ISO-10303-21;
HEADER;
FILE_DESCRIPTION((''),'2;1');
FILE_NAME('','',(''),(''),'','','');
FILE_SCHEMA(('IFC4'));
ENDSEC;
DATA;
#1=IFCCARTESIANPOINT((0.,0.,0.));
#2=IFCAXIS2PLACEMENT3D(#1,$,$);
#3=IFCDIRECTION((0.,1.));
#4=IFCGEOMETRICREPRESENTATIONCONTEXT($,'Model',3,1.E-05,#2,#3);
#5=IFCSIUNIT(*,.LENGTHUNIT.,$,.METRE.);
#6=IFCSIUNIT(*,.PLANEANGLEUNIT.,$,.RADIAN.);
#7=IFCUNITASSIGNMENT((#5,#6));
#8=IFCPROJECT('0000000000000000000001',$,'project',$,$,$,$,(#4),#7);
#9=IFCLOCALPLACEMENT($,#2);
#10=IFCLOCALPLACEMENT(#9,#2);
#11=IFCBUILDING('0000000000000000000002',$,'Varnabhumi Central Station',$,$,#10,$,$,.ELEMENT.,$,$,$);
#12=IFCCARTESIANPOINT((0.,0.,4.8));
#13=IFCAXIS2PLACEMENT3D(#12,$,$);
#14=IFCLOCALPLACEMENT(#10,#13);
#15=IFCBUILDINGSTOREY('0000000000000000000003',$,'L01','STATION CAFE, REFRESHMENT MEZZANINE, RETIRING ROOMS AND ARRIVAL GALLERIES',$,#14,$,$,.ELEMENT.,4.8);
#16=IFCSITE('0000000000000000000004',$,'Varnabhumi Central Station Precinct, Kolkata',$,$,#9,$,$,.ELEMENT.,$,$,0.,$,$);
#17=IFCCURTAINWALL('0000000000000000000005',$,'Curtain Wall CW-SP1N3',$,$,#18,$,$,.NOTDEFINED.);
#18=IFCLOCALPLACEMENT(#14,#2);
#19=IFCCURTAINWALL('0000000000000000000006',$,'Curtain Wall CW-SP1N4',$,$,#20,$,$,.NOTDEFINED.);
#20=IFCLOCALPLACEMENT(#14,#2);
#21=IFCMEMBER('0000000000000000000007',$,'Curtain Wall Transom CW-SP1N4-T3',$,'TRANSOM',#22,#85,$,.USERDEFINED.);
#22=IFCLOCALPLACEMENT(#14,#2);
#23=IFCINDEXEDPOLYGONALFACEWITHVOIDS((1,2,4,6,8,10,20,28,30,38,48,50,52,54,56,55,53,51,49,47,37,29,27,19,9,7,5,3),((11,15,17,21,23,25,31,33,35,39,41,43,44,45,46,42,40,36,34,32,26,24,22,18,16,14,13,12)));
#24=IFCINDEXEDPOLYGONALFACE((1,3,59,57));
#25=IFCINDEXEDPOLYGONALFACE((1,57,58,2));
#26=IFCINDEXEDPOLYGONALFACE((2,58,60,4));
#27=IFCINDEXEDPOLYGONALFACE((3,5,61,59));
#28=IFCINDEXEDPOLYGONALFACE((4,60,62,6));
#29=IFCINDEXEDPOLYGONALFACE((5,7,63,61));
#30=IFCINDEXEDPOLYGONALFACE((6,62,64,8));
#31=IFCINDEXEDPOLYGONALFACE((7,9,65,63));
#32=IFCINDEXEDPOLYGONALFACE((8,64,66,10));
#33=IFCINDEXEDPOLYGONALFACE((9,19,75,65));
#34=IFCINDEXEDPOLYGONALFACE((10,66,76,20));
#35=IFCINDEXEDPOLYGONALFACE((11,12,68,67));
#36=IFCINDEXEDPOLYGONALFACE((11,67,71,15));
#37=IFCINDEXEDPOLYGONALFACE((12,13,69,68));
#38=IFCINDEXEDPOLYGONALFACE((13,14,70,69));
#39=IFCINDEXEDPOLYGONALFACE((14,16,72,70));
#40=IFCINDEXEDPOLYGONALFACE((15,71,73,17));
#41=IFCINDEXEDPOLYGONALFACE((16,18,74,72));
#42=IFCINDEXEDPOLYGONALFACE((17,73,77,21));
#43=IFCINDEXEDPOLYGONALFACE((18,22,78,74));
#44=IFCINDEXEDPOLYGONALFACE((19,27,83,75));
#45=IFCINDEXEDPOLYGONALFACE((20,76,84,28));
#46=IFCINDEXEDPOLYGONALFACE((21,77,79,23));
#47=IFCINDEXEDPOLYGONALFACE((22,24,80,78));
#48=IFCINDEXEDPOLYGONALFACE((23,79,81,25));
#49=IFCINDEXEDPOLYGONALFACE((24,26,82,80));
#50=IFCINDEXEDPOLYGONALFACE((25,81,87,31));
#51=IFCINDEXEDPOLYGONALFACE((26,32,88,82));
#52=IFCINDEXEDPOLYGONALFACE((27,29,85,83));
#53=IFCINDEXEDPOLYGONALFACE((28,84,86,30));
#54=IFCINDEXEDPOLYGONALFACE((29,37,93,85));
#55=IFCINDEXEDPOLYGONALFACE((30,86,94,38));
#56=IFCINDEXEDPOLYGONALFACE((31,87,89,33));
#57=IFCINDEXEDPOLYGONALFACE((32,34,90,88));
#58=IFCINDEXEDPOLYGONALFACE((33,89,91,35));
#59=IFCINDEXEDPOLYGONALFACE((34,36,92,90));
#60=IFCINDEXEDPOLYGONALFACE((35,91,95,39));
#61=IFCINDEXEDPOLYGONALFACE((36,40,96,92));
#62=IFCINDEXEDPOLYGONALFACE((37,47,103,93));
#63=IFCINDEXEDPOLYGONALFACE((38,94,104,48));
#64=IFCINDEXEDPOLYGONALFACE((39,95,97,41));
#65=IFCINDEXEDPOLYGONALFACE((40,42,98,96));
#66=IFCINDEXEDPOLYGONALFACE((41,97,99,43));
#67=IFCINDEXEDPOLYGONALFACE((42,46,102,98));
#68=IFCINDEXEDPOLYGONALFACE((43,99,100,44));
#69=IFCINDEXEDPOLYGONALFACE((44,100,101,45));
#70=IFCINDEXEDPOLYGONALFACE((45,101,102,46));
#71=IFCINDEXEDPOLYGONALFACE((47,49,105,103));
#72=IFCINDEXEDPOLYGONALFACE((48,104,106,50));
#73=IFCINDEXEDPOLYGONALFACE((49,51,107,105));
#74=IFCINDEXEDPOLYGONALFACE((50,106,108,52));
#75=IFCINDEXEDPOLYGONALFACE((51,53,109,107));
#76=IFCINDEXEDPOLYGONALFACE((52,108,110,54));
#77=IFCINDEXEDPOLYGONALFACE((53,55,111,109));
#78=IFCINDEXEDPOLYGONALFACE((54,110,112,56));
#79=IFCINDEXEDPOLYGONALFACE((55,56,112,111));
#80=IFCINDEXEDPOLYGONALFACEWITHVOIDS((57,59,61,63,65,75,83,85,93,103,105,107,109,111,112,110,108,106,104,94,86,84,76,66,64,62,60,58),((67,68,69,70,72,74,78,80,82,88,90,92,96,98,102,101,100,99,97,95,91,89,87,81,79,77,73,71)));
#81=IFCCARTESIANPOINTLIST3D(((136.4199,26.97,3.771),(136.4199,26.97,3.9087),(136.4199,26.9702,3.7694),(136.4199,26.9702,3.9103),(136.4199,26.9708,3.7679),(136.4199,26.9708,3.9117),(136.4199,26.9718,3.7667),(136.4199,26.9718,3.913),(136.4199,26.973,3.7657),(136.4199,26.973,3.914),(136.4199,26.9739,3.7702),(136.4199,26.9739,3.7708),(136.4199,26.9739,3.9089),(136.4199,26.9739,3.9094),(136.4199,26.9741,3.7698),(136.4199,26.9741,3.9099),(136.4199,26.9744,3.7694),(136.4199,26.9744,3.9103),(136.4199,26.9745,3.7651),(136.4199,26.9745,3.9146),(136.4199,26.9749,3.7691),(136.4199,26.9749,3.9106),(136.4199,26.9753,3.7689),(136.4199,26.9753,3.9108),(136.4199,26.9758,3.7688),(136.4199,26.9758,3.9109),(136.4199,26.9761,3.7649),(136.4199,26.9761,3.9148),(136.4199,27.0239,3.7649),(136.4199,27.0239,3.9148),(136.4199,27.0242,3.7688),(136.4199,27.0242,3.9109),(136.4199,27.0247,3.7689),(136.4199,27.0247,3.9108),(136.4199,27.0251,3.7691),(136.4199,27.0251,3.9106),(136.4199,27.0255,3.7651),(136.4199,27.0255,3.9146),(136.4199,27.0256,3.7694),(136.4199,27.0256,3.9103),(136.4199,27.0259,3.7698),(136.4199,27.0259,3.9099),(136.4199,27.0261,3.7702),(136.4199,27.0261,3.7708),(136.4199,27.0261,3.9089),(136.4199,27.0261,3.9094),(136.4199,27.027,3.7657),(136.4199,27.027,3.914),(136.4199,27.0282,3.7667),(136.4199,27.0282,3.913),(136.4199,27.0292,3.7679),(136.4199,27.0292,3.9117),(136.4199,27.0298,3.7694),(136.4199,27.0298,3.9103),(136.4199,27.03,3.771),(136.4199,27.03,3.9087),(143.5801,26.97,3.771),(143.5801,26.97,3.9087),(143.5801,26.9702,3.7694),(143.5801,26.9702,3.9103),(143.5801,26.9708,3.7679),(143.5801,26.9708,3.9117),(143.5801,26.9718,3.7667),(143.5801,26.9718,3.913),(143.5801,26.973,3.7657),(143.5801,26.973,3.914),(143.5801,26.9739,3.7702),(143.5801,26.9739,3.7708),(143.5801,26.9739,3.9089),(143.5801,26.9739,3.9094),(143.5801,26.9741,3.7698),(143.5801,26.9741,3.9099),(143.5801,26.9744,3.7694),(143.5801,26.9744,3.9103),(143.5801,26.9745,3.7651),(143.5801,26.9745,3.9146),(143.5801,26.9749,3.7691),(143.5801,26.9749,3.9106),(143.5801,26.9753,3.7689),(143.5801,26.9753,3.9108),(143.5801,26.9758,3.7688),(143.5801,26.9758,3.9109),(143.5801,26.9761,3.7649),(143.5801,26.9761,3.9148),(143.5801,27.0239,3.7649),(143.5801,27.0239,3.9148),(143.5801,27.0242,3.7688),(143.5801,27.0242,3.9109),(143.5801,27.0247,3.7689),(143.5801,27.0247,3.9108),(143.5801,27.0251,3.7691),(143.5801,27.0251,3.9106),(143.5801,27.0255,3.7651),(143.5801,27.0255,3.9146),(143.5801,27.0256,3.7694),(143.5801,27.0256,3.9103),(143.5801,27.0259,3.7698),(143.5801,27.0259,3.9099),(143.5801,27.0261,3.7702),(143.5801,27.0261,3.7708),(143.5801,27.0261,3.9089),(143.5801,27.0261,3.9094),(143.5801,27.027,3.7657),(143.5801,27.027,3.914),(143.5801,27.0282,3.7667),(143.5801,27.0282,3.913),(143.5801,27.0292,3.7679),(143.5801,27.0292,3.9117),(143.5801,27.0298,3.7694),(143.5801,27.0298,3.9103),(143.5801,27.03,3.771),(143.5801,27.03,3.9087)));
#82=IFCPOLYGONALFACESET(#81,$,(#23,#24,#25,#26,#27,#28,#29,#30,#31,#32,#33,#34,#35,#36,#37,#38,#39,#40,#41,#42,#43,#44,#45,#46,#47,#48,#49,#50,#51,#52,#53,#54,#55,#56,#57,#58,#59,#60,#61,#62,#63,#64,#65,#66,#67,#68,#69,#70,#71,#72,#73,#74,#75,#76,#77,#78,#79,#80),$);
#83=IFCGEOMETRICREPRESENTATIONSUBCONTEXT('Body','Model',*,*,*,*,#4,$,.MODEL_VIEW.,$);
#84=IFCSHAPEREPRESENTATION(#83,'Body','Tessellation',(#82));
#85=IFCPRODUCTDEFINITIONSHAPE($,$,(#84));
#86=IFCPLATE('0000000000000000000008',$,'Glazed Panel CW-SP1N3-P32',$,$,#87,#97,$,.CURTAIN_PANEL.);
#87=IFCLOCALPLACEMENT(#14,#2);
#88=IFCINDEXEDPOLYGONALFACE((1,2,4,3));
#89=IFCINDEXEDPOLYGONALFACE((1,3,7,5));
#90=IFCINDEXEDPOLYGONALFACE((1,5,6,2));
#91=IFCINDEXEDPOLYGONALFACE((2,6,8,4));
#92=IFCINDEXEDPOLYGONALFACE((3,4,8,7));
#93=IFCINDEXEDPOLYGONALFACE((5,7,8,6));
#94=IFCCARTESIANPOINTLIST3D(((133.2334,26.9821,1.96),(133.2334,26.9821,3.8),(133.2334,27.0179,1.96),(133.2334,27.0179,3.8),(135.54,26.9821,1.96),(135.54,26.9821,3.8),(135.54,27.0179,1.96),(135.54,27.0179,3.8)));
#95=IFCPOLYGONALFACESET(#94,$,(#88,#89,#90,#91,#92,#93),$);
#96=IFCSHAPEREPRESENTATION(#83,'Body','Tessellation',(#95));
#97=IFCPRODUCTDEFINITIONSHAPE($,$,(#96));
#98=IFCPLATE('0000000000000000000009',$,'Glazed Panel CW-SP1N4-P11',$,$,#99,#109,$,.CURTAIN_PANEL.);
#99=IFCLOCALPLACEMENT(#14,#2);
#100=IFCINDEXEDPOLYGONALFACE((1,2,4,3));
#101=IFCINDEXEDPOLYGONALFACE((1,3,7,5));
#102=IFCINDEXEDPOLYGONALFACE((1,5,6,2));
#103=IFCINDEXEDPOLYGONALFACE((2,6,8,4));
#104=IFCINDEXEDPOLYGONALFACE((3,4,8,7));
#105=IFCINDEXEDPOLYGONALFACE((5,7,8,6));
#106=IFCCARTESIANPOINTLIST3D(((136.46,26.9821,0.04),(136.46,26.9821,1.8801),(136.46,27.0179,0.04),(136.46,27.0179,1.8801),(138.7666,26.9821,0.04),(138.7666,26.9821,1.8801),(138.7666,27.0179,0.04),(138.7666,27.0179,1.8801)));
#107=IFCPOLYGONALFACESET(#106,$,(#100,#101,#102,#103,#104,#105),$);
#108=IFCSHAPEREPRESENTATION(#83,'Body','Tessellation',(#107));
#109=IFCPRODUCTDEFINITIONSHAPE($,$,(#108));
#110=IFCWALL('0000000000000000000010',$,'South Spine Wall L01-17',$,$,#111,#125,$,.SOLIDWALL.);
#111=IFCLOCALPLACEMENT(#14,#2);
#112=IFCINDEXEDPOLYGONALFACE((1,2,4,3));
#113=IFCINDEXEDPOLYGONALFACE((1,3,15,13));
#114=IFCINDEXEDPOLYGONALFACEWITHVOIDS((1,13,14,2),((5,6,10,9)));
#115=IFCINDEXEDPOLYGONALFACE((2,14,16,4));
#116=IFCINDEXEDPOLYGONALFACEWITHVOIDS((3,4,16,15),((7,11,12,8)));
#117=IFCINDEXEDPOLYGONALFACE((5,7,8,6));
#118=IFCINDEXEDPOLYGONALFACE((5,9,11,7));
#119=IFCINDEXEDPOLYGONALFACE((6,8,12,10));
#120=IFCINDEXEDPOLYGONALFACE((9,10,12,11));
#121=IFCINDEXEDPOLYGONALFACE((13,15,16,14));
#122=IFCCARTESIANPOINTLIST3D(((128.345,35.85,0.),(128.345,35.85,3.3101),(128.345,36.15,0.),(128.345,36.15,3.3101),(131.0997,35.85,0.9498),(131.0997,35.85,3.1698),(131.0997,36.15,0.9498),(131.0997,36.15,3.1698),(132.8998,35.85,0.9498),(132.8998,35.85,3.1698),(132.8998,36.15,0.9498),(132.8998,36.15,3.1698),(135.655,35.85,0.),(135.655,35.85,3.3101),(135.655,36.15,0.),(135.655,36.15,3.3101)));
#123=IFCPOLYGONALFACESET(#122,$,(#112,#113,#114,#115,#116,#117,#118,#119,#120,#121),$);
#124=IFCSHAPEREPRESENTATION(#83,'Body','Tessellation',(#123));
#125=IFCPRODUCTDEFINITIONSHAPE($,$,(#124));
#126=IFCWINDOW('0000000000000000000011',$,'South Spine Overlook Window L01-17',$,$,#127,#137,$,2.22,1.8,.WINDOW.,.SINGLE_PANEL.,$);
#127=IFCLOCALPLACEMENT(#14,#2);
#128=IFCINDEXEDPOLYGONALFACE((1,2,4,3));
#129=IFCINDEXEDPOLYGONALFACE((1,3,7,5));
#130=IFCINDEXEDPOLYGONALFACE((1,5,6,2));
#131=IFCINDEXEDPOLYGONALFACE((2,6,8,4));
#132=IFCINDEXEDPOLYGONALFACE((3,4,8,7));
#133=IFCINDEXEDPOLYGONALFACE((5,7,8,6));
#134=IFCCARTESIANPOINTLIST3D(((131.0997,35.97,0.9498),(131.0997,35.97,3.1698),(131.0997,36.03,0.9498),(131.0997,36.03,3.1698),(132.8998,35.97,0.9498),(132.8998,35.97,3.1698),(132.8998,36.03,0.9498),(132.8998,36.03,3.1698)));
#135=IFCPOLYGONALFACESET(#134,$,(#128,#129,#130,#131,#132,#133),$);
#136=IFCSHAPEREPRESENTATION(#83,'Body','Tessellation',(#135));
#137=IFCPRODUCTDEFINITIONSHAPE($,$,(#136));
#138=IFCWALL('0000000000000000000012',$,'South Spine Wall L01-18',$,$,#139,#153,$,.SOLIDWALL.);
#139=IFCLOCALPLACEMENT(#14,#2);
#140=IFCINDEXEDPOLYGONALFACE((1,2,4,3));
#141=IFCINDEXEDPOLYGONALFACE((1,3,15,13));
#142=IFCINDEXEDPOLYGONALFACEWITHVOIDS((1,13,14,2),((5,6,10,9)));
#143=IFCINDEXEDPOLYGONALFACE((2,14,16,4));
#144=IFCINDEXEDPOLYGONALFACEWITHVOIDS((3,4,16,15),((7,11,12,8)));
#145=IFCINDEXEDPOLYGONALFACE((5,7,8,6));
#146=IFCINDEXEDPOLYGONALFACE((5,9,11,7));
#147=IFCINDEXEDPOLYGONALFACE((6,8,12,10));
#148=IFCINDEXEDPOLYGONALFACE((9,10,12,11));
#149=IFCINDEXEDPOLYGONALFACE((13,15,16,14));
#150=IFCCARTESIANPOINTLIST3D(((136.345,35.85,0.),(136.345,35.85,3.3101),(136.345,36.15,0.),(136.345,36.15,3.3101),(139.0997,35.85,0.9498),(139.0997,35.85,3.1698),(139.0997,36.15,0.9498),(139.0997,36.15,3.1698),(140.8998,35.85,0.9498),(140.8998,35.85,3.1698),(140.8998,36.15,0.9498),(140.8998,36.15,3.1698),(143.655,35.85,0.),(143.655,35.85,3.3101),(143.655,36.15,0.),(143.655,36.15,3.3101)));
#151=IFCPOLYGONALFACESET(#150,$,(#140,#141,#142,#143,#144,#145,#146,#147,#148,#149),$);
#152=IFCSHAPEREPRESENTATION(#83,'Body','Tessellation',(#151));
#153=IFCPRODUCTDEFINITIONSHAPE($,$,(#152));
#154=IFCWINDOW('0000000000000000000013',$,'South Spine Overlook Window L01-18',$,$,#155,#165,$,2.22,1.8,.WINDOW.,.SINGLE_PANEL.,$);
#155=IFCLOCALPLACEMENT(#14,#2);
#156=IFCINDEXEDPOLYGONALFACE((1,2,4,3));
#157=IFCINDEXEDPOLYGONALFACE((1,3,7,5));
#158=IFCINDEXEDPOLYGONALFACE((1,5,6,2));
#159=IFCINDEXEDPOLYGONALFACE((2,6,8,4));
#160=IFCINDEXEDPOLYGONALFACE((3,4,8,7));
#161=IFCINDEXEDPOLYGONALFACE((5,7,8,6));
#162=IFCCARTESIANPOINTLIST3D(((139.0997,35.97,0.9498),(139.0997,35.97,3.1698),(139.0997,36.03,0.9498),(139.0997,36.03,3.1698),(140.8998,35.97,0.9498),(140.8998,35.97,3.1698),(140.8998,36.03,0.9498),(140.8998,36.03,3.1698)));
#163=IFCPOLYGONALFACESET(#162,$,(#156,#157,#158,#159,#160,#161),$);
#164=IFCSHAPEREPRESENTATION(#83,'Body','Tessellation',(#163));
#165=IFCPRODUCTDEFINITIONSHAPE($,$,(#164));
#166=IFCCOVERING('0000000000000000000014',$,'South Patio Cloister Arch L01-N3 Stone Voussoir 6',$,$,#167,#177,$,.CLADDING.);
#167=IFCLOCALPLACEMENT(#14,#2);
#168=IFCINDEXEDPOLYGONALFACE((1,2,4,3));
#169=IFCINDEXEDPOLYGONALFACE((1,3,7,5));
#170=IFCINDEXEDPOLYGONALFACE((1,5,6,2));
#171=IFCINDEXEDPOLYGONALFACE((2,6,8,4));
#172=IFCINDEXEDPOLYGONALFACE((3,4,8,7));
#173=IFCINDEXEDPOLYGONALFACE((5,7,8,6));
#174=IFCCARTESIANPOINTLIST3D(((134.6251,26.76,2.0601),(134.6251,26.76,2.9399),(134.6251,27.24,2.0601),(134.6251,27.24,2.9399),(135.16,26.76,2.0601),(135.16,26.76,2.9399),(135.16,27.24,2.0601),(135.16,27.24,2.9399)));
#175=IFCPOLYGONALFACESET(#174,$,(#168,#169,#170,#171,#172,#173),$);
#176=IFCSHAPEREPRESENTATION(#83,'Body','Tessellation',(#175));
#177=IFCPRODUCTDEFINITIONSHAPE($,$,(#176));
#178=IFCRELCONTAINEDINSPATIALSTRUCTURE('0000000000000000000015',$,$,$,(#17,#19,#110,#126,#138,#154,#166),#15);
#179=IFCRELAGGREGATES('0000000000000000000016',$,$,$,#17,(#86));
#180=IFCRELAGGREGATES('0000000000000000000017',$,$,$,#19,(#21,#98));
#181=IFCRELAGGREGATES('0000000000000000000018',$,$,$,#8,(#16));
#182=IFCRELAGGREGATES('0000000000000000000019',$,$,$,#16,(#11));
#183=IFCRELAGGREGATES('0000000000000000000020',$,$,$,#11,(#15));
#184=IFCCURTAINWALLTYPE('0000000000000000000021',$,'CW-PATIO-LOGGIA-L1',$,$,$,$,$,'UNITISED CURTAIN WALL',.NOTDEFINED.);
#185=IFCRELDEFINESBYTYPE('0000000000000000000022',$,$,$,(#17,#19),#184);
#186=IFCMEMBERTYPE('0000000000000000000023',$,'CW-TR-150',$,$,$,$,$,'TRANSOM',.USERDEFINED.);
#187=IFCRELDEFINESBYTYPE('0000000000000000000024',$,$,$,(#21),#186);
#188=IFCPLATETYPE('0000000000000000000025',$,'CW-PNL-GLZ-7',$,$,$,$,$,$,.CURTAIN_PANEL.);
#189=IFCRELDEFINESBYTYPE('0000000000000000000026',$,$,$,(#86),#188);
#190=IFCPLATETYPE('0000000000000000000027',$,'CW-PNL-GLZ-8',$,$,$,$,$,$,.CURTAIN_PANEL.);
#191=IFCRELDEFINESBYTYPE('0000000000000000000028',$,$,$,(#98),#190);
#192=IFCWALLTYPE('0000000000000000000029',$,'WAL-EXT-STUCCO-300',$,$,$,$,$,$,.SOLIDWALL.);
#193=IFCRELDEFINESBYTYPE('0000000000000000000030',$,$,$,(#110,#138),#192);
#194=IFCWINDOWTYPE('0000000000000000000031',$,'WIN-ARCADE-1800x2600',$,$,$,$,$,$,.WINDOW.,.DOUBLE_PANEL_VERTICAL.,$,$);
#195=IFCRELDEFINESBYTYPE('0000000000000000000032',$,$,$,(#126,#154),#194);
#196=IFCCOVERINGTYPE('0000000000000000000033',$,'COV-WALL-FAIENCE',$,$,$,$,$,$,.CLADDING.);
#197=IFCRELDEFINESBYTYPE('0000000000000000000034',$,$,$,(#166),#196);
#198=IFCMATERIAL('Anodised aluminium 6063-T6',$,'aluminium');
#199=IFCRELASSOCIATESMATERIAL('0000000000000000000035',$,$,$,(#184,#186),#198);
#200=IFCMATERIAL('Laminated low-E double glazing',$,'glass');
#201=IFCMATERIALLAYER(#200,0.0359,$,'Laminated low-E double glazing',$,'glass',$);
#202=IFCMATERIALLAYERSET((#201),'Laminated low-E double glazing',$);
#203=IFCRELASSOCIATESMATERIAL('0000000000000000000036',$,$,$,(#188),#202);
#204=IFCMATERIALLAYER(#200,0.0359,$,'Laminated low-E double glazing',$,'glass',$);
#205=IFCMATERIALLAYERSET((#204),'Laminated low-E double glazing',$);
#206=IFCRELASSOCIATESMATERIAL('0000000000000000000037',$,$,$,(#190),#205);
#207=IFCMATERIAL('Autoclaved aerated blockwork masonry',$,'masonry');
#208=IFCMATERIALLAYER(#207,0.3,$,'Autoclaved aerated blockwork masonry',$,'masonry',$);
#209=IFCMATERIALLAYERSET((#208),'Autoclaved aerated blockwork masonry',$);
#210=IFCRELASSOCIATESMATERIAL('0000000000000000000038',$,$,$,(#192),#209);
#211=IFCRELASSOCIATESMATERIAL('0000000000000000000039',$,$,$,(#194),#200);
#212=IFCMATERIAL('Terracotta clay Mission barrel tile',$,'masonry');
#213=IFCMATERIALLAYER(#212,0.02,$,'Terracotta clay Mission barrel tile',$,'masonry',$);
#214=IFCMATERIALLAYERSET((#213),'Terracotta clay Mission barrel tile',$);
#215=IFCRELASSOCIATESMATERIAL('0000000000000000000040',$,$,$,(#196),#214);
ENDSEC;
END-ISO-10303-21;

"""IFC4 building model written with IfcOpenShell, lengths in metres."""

from ifc_helpers import new_model, si_unit, direction, frame, frame_2d, origin, origin_2d, place, context, subcontext, project, spatial, rectangle, hollow_rectangle, extrude, material, layer, layer_set, material_profile, profile_set, type_object, element, fill, aggregate, save


model = new_model("IFC4")

# Units and contexts
model_context = context("Model", 3, precision=1e-05, world=origin(), true_north=direction((0.0, 1.0)))
body_context = subcontext(model_context, "Body", "Model", "MODEL_VIEW")
ifc_project = project(units=[si_unit("LENGTHUNIT", "METRE"), si_unit("PLANEANGLEUNIT", "RADIAN")], contexts=[model_context])

# Site, building, storey
site_placement = place(None, origin())
site = spatial("IfcSite", under=ifc_project, at=site_placement, Name="Varnabhumi Central Station Precinct, Kolkata", CompositionType="ELEMENT", RefElevation=0.0)
building_placement = place(site_placement, origin())
building = spatial("IfcBuilding", under=site, at=building_placement, Name="Varnabhumi Central Station", CompositionType="ELEMENT")
storey_placement = place(building_placement, frame((0.0, 0.0, 4.8)))
storey = spatial("IfcBuildingStorey", under=building, at=storey_placement, Name="L01", Description="STATION CAFE, REFRESHMENT MEZZANINE, RETIRING ROOMS AND ARRIVAL GALLERIES", CompositionType="ELEMENT", Elevation=4.8)

# Curtain wall
ifc_material_1 = material(Name="Anodised aluminium 6063-T6", Category="aluminium")
curtain_wall_type = type_object("IfcCurtainWallType", Name="CW-PATIO-LOGGIA-L1", ElementType="UNITISED CURTAIN WALL", PredefinedType="NOTDEFINED", material=ifc_material_1)
curtain_wall_1_placement = place(storey_placement, origin())
curtain_wall_1 = element("IfcCurtainWall", 1, at=curtain_wall_1_placement, inside=storey, type_object=curtain_wall_type, Name="Curtain Wall CW-SP1N3", PredefinedType="NOTDEFINED")

# Curtain wall, member
curtain_wall_2_placement = place(storey_placement, origin())
curtain_wall_2 = element("IfcCurtainWall", 2, at=curtain_wall_2_placement, inside=storey, type_object=curtain_wall_type, Name="Curtain Wall CW-SP1N4", PredefinedType="NOTDEFINED")
ifc_material_profile_1 = material_profile(ifc_material_1, hollow_rectangle(XDim=0.0601, YDim=0.1499, WallThickness=0.0039, InnerFilletRadius=0.002, OuterFilletRadius=0.0061, at=origin_2d()), Name="Anodised aluminium 6063-T6", Category="aluminium")
ifc_profile_set_1 = profile_set([ifc_material_profile_1], Name="Anodised aluminium 6063-T6")
member_type_1 = type_object("IfcMemberType", Name="CW-TR-150", ElementType="TRANSOM", PredefinedType="USERDEFINED", material=ifc_profile_set_1)
member_1_placement = place(storey_placement, frame((136.4199, 27.0, 3.8398), z_axis=(1.0, 0.0, 0.0), x_axis=(0.0, 1.0, 0.0)))
member_1 = element("IfcMember", 3, at=member_1_placement, type_object=member_type_1, Name="Curtain Wall Transom CW-SP1N4-T3", ObjectType="TRANSOM", PredefinedType="USERDEFINED", context=body_context, shape_type="SweptSolid", body=[
    extrude(hollow_rectangle(XDim=0.0601, YDim=0.1499, WallThickness=0.0039, InnerFilletRadius=0.002, OuterFilletRadius=0.0061, at=origin_2d()), origin(), (0.0, 0.0, 1.0), 7.1602),
])

# Plates
ifc_material_2 = material(Name="Laminated low-E double glazing", Category="glass")
ifc_layer_1 = layer(ifc_material_2, 0.0359, Name="Laminated low-E double glazing", Category="glass")
ifc_layer_set_1 = layer_set([ifc_layer_1], Name="Laminated low-E double glazing")
plate_type_1 = type_object("IfcPlateType", Name="CW-PNL-GLZ-7", PredefinedType="CURTAIN_PANEL", material=ifc_layer_set_1)
plate_1_placement = place(storey_placement, frame((134.3867, 27.0, 1.96), z_axis=(0.0, 0.0, 1.0), x_axis=(1.0, 0.0, 0.0)))
plate_1 = element("IfcPlate", 4, at=plate_1_placement, type_object=plate_type_1, Name="Glazed Panel CW-SP1N3-P32", PredefinedType="CURTAIN_PANEL", context=body_context, shape_type="SweptSolid", body=[
    extrude(rectangle(XDim=2.3066, YDim=0.0359, at=origin_2d()), origin(), (0.0, 0.0, 1.0), 1.8401),
])
aggregate(curtain_wall_1, [plate_1])
ifc_layer_2 = layer(ifc_material_2, 0.0359, Name="Laminated low-E double glazing", Category="glass")
ifc_layer_set_2 = layer_set([ifc_layer_2], Name="Laminated low-E double glazing")
plate_type_2 = type_object("IfcPlateType", Name="CW-PNL-GLZ-8", PredefinedType="CURTAIN_PANEL", material=ifc_layer_set_2)
plate_2_placement = place(storey_placement, frame((137.6133, 27.0, 0.04), z_axis=(0.0, 0.0, 1.0), x_axis=(1.0, 0.0, 0.0)))
plate_2 = element("IfcPlate", 5, at=plate_2_placement, type_object=plate_type_2, Name="Glazed Panel CW-SP1N4-P11", PredefinedType="CURTAIN_PANEL", context=body_context, shape_type="SweptSolid", body=[
    extrude(rectangle(XDim=2.3066, YDim=0.0359, at=origin_2d()), origin(), (0.0, 0.0, 1.0), 1.8401),
])
aggregate(curtain_wall_2, [member_1, plate_2])

# Walls, openings, windows
ifc_material_3 = material(Name="Autoclaved aerated blockwork masonry", Category="masonry")
ifc_layer_3 = layer(ifc_material_3, 0.3, Name="Autoclaved aerated blockwork masonry", Category="masonry")
ifc_layer_set_3 = layer_set([ifc_layer_3], Name="Autoclaved aerated blockwork masonry")
wall_type = type_object("IfcWallType", Name="WAL-EXT-STUCCO-300", PredefinedType="SOLIDWALL", material=ifc_layer_set_3)
wall_1_placement = place(storey_placement, frame((128.345, 36.0, 0.0), z_axis=(0.0, 0.0, 1.0), x_axis=(1.0, 0.0, 0.0)))
wall_1 = element("IfcWall", 6, at=wall_1_placement, inside=storey, type_object=wall_type, Name="South Spine Wall L01-17", PredefinedType="SOLIDWALL", context=body_context, shape_type="SweptSolid", body=[
    extrude(rectangle(XDim=7.3101, YDim=0.3, at=frame_2d((3.655, 0.0))), origin(), (0.0, 0.0, 1.0), 3.3101),
])
opening_1_placement = place(wall_1_placement, frame((2.7549, 0.0, 0.95)))
opening_1 = element("IfcOpeningElement", 7, at=opening_1_placement, cuts=wall_1, PredefinedType="OPENING", context=body_context, shape_type="SweptSolid", body=[
    extrude(rectangle(XDim=1.8, YDim=2.22, at=frame_2d((0.8999, 1.1099))), frame((0.0, 0.1599, 0.0), z_axis=(0.0, -1.0, 0.0), x_axis=(1.0, 0.0, 0.0)), (0.0, 0.0, 1.0), 0.3201),
])
window_type = type_object("IfcWindowType", Name="WIN-ARCADE-1800x2600", PartitioningType="DOUBLE_PANEL_VERTICAL", PredefinedType="WINDOW", material=ifc_material_2)
window_1_placement = place(opening_1_placement, origin())
window_1 = element("IfcWindow", 8, at=window_1_placement, inside=storey, type_object=window_type, Name="South Spine Overlook Window L01-17", OverallHeight=2.22, OverallWidth=1.8, PartitioningType="SINGLE_PANEL", PredefinedType="WINDOW", context=body_context, shape_type="SweptSolid", body=[
    extrude(rectangle(XDim=1.8, YDim=2.22, at=frame_2d((0.8999, 1.1099))), frame((0.0, 0.03, 0.0), z_axis=(0.0, -1.0, 0.0), x_axis=(1.0, 0.0, 0.0)), (0.0, 0.0, 1.0), 0.0601),
])
fill(opening_1, window_1)
wall_2_placement = place(storey_placement, frame((136.345, 36.0, 0.0), z_axis=(0.0, 0.0, 1.0), x_axis=(1.0, 0.0, 0.0)))
wall_2 = element("IfcWall", 9, at=wall_2_placement, inside=storey, type_object=wall_type, Name="South Spine Wall L01-18", PredefinedType="SOLIDWALL", context=body_context, shape_type="SweptSolid", body=[
    extrude(rectangle(XDim=7.3101, YDim=0.3, at=frame_2d((3.655, 0.0))), origin(), (0.0, 0.0, 1.0), 3.3101),
])
opening_2_placement = place(wall_2_placement, frame((2.7549, 0.0, 0.95)))
opening_2 = element("IfcOpeningElement", 10, at=opening_2_placement, cuts=wall_2, PredefinedType="OPENING", context=body_context, shape_type="SweptSolid", body=[
    extrude(rectangle(XDim=1.8, YDim=2.22, at=frame_2d((0.8999, 1.1099))), frame((0.0, 0.1599, 0.0), z_axis=(0.0, -1.0, 0.0), x_axis=(1.0, 0.0, 0.0)), (0.0, 0.0, 1.0), 0.3201),
])
window_2_placement = place(opening_2_placement, origin())
window_2 = element("IfcWindow", 11, at=window_2_placement, inside=storey, type_object=window_type, Name="South Spine Overlook Window L01-18", OverallHeight=2.22, OverallWidth=1.8, PartitioningType="SINGLE_PANEL", PredefinedType="WINDOW", context=body_context, shape_type="SweptSolid", body=[
    extrude(rectangle(XDim=1.8, YDim=2.22, at=frame_2d((0.8999, 1.1099))), frame((0.0, 0.03, 0.0), z_axis=(0.0, -1.0, 0.0), x_axis=(1.0, 0.0, 0.0)), (0.0, 0.0, 1.0), 0.0601),
])
fill(opening_2, window_2)

# Covering
ifc_material_4 = material(Name="Terracotta clay Mission barrel tile", Category="masonry")
ifc_layer_4 = layer(ifc_material_4, 0.02, Name="Terracotta clay Mission barrel tile", Category="masonry")
ifc_layer_set_4 = layer_set([ifc_layer_4], Name="Terracotta clay Mission barrel tile")
covering_type = type_object("IfcCoveringType", Name="COV-WALL-FAIENCE", PredefinedType="CLADDING", material=ifc_layer_set_4)
covering_1_placement = place(storey_placement, frame((134.8926, 27.0, 2.0601), z_axis=(0.0, 0.0, 1.0), x_axis=(1.0, 0.0, 0.0)))
element("IfcCovering", 12, at=covering_1_placement, inside=storey, type_object=covering_type, Name="South Patio Cloister Arch L01-N3 Stone Voussoir 6", PredefinedType="CLADDING", context=body_context, shape_type="SweptSolid", body=[
    extrude(rectangle(XDim=0.5349, YDim=0.48, at=origin_2d()), origin(), (0.0, 0.0, 1.0), 0.8799),
])

save(model, "model.ifc")
